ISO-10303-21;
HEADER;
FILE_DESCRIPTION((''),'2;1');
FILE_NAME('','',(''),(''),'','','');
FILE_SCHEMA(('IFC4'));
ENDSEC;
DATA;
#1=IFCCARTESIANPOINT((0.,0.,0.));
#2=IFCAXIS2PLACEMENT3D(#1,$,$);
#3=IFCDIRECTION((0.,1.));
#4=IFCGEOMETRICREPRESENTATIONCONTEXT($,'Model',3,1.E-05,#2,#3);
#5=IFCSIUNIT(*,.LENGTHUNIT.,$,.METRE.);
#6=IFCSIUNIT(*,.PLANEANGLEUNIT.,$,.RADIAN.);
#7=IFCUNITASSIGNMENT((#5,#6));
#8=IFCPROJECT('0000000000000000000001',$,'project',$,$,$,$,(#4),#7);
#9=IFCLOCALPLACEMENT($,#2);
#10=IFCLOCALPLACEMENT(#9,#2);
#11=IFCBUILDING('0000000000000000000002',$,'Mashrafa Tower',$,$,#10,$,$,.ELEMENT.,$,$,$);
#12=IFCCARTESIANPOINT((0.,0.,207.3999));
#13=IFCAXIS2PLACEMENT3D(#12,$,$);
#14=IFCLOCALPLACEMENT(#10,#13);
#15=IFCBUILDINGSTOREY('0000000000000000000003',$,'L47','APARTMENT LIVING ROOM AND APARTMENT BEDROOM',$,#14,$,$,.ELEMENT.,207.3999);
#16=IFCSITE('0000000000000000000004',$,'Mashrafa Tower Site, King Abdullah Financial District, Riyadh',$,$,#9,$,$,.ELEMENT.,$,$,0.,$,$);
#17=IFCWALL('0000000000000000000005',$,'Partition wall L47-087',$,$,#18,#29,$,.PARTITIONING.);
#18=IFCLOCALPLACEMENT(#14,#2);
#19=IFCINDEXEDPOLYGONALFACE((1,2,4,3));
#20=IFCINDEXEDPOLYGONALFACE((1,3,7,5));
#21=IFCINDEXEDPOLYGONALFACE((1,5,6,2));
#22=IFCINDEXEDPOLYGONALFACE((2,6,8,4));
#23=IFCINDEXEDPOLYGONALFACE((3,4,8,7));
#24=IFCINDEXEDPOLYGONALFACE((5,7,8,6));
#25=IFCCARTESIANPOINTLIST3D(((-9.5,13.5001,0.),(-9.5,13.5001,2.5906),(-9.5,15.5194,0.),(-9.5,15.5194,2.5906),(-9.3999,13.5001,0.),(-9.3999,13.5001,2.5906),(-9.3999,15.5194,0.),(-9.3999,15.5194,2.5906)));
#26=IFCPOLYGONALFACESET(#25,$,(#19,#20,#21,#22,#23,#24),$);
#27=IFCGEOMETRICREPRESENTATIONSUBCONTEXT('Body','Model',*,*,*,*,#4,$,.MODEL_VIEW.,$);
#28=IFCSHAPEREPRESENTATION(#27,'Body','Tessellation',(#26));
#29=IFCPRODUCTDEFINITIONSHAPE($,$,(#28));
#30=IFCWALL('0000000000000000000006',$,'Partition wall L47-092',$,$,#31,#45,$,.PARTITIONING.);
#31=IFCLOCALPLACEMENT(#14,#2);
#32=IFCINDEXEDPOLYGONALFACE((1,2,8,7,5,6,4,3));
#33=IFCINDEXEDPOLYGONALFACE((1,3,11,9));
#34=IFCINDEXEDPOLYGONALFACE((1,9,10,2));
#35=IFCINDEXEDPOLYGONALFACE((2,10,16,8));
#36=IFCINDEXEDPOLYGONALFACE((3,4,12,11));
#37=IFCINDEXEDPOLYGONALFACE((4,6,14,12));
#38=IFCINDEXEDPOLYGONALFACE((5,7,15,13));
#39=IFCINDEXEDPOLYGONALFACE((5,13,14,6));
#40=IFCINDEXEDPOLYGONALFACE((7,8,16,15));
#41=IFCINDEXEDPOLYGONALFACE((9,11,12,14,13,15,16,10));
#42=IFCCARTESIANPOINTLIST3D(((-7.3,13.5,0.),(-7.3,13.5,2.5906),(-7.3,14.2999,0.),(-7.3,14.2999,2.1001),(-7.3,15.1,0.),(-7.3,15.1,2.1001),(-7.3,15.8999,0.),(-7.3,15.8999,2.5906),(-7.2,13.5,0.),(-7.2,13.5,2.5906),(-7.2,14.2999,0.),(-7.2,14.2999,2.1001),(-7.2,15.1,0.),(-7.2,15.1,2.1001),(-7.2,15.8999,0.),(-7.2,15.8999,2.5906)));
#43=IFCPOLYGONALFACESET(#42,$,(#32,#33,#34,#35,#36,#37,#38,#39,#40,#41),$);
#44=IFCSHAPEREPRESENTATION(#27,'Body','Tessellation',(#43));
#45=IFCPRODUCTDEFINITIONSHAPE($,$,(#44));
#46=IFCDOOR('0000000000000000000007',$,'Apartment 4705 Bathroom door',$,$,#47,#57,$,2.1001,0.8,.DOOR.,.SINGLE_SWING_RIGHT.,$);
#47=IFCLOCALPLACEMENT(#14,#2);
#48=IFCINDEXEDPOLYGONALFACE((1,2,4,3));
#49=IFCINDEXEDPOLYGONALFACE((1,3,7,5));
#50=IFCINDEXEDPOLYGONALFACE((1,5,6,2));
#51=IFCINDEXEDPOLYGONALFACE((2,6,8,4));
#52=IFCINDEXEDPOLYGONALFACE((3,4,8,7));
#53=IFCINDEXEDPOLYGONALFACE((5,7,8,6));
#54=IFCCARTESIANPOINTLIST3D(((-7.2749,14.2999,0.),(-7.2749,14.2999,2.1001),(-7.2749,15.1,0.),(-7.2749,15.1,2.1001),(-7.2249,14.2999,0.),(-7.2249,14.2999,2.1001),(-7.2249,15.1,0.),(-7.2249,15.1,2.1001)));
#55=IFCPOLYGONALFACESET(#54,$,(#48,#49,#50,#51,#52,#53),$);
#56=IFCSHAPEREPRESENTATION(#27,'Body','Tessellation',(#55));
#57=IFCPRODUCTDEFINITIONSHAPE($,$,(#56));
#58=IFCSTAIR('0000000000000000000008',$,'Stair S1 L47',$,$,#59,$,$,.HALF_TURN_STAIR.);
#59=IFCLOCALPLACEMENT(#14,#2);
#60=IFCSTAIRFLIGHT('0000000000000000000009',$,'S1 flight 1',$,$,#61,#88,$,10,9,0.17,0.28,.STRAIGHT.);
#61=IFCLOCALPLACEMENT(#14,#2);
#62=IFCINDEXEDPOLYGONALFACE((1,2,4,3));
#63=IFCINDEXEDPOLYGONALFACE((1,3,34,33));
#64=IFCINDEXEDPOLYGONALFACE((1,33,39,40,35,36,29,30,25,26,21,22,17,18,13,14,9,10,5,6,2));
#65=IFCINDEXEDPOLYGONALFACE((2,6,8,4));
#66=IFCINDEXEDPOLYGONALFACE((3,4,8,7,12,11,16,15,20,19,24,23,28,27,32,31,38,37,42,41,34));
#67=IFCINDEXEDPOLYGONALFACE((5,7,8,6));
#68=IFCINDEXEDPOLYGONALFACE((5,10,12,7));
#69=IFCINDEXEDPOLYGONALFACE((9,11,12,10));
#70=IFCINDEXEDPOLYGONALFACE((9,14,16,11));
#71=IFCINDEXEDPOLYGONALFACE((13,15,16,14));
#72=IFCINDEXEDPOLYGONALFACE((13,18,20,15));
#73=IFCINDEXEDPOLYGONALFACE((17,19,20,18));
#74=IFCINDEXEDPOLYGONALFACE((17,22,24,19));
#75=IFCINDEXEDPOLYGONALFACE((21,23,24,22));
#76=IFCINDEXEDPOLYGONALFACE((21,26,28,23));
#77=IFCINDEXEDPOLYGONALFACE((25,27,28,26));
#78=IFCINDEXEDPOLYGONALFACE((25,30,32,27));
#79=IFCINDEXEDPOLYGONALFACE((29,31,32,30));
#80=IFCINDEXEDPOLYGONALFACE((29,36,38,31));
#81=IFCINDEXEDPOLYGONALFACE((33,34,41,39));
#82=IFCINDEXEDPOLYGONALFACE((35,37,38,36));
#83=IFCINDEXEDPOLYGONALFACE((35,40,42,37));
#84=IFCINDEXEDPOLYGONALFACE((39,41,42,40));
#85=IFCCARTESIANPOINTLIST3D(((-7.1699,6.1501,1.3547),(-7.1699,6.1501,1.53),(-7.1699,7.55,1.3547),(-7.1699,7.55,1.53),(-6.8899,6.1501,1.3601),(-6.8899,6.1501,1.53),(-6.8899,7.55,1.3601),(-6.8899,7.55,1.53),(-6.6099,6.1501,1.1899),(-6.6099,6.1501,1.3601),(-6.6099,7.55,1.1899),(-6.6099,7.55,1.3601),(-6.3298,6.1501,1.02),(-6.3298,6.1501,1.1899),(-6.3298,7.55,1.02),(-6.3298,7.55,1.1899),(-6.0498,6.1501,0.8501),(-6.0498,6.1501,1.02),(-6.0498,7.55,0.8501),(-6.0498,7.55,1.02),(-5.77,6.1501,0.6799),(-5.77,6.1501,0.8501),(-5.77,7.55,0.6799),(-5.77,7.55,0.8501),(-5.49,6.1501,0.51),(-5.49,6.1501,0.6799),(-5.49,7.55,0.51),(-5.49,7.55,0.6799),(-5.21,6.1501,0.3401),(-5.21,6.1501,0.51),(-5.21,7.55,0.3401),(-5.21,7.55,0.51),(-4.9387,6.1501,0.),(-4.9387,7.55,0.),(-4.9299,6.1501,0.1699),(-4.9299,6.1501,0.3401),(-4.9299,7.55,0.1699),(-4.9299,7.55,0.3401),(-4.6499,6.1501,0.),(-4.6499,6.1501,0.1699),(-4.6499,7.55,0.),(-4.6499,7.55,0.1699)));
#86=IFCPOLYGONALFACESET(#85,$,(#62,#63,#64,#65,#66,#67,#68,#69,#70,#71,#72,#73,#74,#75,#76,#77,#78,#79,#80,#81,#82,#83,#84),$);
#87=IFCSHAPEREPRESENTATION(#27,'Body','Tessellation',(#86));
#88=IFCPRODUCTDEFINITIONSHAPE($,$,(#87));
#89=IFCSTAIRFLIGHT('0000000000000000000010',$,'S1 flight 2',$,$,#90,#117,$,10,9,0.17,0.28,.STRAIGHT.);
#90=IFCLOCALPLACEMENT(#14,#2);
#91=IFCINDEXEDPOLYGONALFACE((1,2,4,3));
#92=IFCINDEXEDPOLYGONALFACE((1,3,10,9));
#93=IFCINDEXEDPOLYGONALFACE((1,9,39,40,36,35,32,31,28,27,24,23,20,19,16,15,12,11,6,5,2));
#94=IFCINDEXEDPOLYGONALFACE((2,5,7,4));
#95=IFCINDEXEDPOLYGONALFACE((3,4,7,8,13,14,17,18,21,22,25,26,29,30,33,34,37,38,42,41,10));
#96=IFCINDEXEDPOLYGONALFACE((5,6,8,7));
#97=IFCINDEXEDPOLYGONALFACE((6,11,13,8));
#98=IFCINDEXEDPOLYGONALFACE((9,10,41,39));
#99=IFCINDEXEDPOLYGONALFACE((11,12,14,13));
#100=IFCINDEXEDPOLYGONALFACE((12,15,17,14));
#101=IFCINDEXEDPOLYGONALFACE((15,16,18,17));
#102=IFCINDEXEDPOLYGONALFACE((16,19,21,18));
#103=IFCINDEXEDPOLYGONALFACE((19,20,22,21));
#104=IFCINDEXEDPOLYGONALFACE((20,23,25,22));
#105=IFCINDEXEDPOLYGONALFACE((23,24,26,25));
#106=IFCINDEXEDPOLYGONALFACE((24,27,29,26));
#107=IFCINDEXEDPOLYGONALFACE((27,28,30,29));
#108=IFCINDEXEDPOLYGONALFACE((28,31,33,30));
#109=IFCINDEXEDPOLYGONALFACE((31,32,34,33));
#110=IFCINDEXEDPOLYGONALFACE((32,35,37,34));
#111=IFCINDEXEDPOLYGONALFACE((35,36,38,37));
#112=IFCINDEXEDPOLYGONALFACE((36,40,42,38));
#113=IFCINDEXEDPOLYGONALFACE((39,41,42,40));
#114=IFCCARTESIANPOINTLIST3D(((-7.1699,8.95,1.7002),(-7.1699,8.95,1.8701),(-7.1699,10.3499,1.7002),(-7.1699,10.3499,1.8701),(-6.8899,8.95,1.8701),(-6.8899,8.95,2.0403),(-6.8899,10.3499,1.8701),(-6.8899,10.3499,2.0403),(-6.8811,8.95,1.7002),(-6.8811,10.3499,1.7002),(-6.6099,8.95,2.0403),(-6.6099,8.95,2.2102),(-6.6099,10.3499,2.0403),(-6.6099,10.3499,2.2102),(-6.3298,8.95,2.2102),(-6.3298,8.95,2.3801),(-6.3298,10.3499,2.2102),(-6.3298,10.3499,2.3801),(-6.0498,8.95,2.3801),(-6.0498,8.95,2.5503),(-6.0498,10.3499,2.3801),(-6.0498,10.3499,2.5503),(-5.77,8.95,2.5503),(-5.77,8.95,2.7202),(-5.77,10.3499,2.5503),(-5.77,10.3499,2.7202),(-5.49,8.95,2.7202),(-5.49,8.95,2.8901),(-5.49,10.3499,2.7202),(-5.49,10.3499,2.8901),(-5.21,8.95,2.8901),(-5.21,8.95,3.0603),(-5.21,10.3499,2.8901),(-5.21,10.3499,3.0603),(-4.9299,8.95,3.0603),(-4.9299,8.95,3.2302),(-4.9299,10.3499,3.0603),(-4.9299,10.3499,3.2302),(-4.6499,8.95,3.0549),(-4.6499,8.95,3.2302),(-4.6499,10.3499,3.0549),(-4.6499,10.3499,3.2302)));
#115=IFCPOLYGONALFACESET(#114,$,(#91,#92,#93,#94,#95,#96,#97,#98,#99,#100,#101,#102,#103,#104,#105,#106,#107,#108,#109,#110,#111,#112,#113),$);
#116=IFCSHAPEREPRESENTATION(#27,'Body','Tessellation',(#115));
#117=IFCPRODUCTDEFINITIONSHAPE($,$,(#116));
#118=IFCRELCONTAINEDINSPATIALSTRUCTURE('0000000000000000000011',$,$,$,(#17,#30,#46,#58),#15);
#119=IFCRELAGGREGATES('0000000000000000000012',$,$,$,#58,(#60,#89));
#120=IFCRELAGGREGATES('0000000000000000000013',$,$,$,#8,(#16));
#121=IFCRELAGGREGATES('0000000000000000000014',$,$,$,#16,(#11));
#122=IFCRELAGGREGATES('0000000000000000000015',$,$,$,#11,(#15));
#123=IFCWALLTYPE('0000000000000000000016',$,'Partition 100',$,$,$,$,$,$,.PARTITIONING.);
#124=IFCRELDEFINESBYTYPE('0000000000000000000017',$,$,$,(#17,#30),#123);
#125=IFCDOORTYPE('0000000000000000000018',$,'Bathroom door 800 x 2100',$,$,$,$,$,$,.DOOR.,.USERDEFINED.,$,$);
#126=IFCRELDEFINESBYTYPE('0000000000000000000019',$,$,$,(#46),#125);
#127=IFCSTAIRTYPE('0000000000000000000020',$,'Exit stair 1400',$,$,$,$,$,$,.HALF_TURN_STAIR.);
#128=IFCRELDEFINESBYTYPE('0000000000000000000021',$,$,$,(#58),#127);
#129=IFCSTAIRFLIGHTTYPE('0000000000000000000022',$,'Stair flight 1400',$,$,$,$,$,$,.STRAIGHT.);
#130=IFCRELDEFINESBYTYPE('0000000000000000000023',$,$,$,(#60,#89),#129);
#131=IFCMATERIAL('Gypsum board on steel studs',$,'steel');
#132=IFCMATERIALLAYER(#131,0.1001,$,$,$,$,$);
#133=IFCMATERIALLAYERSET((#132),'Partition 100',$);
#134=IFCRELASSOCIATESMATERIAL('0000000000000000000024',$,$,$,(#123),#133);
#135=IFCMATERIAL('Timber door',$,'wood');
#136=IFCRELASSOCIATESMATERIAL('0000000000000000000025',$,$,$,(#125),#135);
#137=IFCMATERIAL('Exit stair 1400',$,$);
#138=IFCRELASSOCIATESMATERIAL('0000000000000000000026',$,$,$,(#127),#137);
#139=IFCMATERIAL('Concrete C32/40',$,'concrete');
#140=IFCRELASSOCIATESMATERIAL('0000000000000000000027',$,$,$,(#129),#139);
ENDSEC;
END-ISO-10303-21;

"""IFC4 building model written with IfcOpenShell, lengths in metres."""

from ifc_helpers import new_model, si_unit, direction, frame, frame_2d, origin, place, context, subcontext, project, spatial, polyline, rectangle, outline, extrude, material, layer, layer_set, type_object, element, fill, aggregate, save


model = new_model("IFC4")

# Units and contexts
model_context = context("Model", 3, precision=1e-05, world=origin(), true_north=direction((0.0, 1.0)))
body_context = subcontext(model_context, "Body", "Model", "MODEL_VIEW")
ifc_project = project(units=[si_unit("LENGTHUNIT", "METRE"), si_unit("PLANEANGLEUNIT", "RADIAN")], contexts=[model_context])

# Site, building, storey
site_placement = place(None, origin())
site = spatial("IfcSite", under=ifc_project, at=site_placement, Name="Mashrafa Tower Site, King Abdullah Financial District, Riyadh", CompositionType="ELEMENT", RefElevation=0.0)
building_placement = place(site_placement, origin())
building = spatial("IfcBuilding", under=site, at=building_placement, Name="Mashrafa Tower", CompositionType="ELEMENT")
storey_placement = place(building_placement, frame((0.0, 0.0, 207.3999)))
storey = spatial("IfcBuildingStorey", under=building, at=storey_placement, Name="L47", Description="APARTMENT LIVING ROOM AND APARTMENT BEDROOM", CompositionType="ELEMENT", Elevation=207.3999)

# Wall
ifc_material_1 = material(Name="Gypsum board on steel studs", Category="steel")
ifc_layer_1 = layer(ifc_material_1, 0.1001)
ifc_layer_set_1 = layer_set([ifc_layer_1], Name="Partition 100")
wall_type_1 = type_object("IfcWallType", Name="Partition 100", PredefinedType="PARTITIONING", material=ifc_layer_set_1)
wall_1_placement = place(storey_placement, frame((-9.45, 13.5, 0.0), z_axis=(0.0, 0.0, 1.0), x_axis=(0.0, 1.0, 0.0)))
element("IfcWall", 1, at=wall_1_placement, inside=storey, type_object=wall_type_1, Name="Partition wall L47-087", PredefinedType="PARTITIONING", context=body_context, shape_type="SweptSolid", body=[
    extrude(rectangle(XDim=2.0193, YDim=0.1001, at=frame_2d((1.0098, 0.0))), origin(), (0.0, 0.0, 1.0), 2.5906),
])

# Wall, opening, door
wall_2_placement = place(storey_placement, frame((-7.25, 13.5, 0.0), z_axis=(0.0, 0.0, 1.0), x_axis=(0.0, 1.0, 0.0)))
wall_2 = element("IfcWall", 2, at=wall_2_placement, inside=storey, type_object=wall_type_1, Name="Partition wall L47-092", PredefinedType="PARTITIONING", context=body_context, shape_type="SweptSolid", body=[
    extrude(rectangle(XDim=2.3999, YDim=0.1001, at=frame_2d((1.2, 0.0))), origin(), (0.0, 0.0, 1.0), 2.5906),
])
opening_1_placement = place(wall_2_placement, frame((0.8, 0.0, 0.0)))
opening_1 = element("IfcOpeningElement", 3, at=opening_1_placement, cuts=wall_2, PredefinedType="OPENING", context=body_context, shape_type="SweptSolid", body=[
    extrude(rectangle(XDim=0.8, YDim=2.1001, at=frame_2d((0.3999, 1.05))), frame((0.0, 0.0601, 0.0), z_axis=(0.0, -1.0, 0.0), x_axis=(1.0, 0.0, 0.0)), (0.0, 0.0, 1.0), 0.1201),
])
ifc_material_2 = material(Name="Timber door", Category="wood")
door_type_1 = type_object("IfcDoorType", Name="Bathroom door 800 x 2100", OperationType="USERDEFINED", PredefinedType="DOOR", material=ifc_material_2)
door_1_placement = place(opening_1_placement, origin())
door_1 = element("IfcDoor", 4, at=door_1_placement, inside=storey, type_object=door_type_1, Name="Apartment 4705 Bathroom door", OperationType="SINGLE_SWING_RIGHT", OverallHeight=2.1001, OverallWidth=0.8, PredefinedType="DOOR", context=body_context, shape_type="SweptSolid", body=[
    extrude(rectangle(XDim=0.8, YDim=2.1001, at=frame_2d((0.3999, 1.05))), frame((0.0, 0.0249, 0.0), z_axis=(0.0, -1.0, 0.0), x_axis=(1.0, 0.0, 0.0)), (0.0, 0.0, 1.0), 0.05),
])
fill(opening_1, door_1)

# Stair, stair flights
ifc_material_3 = material(Name="Exit stair 1400")
stair_type = type_object("IfcStairType", Name="Exit stair 1400", PredefinedType="HALF_TURN_STAIR", material=ifc_material_3)
stair_placement = place(storey_placement, origin())
stair = element("IfcStair", 5, at=stair_placement, inside=storey, type_object=stair_type, Name="Stair S1 L47", PredefinedType="HALF_TURN_STAIR")
ifc_material_4 = material(Name="Concrete C32/40", Category="concrete")
stair_flight_type = type_object("IfcStairFlightType", Name="Stair flight 1400", PredefinedType="STRAIGHT", material=ifc_material_4)
stair_flight_1_placement = place(storey_placement, frame((-4.6499, 6.8501, 0.0), z_axis=(0.0, 0.0, 1.0), x_axis=(-1.0, 0.0, 0.0)))
stair_flight_1 = element("IfcStairFlight", 6, at=stair_flight_1_placement, type_object=stair_flight_type, Name="S1 flight 1", NumberOfRisers=10, NumberOfTreads=9, PredefinedType="STRAIGHT", RiserHeight=0.17, TreadLength=0.28, context=body_context, shape_type="SweptSolid", body=[
    extrude(outline(polyline([(0.0, 0.0), (0.0, 0.1699), (0.28, 0.1699), (0.28, 0.3401), (0.5601, 0.3401), (0.5601, 0.51), (0.8401, 0.51), (0.8401, 0.6799), (1.1201, 0.6799), (1.1201, 0.8501), (1.3999, 0.8501), (1.3999, 1.02), (1.6799, 1.02), (1.6799, 1.1899), (1.96, 1.1899), (1.96, 1.3601), (2.24, 1.3601), (2.24, 1.53), (2.52, 1.53), (2.52, 1.7), (2.52, 1.3547), (0.2888, 0.0), (0.0, 0.0)])), frame((0.0, 0.7, 0.0), z_axis=(0.0, -1.0, 0.0), x_axis=(1.0, 0.0, 0.0)), (0.0, 0.0, 1.0), 1.3999),
])
stair_flight_2_placement = place(storey_placement, frame((-7.1699, 9.6499, 1.7002), z_axis=(0.0, 0.0, 1.0), x_axis=(1.0, 0.0, 0.0)))
stair_flight_2 = element("IfcStairFlight", 7, at=stair_flight_2_placement, type_object=stair_flight_type, Name="S1 flight 2", NumberOfRisers=10, NumberOfTreads=9, PredefinedType="STRAIGHT", RiserHeight=0.17, TreadLength=0.28, context=body_context, shape_type="SweptSolid", body=[
    extrude(outline(polyline([(0.0, 0.0), (0.0, 0.1699), (0.28, 0.1699), (0.28, 0.3401), (0.5601, 0.3401), (0.5601, 0.51), (0.8401, 0.51), (0.8401, 0.6799), (1.1201, 0.6799), (1.1201, 0.8501), (1.3999, 0.8501), (1.3999, 1.02), (1.6799, 1.02), (1.6799, 1.1899), (1.96, 1.1899), (1.96, 1.3601), (2.24, 1.3601), (2.24, 1.53), (2.52, 1.53), (2.52, 1.7), (2.52, 1.3547), (0.2888, 0.0), (0.0, 0.0)])), frame((0.0, 0.7, 0.0), z_axis=(0.0, -1.0, 0.0), x_axis=(1.0, 0.0, 0.0)), (0.0, 0.0, 1.0), 1.3999),
])
aggregate(stair, [stair_flight_1, stair_flight_2])

save(model, "model.ifc")
